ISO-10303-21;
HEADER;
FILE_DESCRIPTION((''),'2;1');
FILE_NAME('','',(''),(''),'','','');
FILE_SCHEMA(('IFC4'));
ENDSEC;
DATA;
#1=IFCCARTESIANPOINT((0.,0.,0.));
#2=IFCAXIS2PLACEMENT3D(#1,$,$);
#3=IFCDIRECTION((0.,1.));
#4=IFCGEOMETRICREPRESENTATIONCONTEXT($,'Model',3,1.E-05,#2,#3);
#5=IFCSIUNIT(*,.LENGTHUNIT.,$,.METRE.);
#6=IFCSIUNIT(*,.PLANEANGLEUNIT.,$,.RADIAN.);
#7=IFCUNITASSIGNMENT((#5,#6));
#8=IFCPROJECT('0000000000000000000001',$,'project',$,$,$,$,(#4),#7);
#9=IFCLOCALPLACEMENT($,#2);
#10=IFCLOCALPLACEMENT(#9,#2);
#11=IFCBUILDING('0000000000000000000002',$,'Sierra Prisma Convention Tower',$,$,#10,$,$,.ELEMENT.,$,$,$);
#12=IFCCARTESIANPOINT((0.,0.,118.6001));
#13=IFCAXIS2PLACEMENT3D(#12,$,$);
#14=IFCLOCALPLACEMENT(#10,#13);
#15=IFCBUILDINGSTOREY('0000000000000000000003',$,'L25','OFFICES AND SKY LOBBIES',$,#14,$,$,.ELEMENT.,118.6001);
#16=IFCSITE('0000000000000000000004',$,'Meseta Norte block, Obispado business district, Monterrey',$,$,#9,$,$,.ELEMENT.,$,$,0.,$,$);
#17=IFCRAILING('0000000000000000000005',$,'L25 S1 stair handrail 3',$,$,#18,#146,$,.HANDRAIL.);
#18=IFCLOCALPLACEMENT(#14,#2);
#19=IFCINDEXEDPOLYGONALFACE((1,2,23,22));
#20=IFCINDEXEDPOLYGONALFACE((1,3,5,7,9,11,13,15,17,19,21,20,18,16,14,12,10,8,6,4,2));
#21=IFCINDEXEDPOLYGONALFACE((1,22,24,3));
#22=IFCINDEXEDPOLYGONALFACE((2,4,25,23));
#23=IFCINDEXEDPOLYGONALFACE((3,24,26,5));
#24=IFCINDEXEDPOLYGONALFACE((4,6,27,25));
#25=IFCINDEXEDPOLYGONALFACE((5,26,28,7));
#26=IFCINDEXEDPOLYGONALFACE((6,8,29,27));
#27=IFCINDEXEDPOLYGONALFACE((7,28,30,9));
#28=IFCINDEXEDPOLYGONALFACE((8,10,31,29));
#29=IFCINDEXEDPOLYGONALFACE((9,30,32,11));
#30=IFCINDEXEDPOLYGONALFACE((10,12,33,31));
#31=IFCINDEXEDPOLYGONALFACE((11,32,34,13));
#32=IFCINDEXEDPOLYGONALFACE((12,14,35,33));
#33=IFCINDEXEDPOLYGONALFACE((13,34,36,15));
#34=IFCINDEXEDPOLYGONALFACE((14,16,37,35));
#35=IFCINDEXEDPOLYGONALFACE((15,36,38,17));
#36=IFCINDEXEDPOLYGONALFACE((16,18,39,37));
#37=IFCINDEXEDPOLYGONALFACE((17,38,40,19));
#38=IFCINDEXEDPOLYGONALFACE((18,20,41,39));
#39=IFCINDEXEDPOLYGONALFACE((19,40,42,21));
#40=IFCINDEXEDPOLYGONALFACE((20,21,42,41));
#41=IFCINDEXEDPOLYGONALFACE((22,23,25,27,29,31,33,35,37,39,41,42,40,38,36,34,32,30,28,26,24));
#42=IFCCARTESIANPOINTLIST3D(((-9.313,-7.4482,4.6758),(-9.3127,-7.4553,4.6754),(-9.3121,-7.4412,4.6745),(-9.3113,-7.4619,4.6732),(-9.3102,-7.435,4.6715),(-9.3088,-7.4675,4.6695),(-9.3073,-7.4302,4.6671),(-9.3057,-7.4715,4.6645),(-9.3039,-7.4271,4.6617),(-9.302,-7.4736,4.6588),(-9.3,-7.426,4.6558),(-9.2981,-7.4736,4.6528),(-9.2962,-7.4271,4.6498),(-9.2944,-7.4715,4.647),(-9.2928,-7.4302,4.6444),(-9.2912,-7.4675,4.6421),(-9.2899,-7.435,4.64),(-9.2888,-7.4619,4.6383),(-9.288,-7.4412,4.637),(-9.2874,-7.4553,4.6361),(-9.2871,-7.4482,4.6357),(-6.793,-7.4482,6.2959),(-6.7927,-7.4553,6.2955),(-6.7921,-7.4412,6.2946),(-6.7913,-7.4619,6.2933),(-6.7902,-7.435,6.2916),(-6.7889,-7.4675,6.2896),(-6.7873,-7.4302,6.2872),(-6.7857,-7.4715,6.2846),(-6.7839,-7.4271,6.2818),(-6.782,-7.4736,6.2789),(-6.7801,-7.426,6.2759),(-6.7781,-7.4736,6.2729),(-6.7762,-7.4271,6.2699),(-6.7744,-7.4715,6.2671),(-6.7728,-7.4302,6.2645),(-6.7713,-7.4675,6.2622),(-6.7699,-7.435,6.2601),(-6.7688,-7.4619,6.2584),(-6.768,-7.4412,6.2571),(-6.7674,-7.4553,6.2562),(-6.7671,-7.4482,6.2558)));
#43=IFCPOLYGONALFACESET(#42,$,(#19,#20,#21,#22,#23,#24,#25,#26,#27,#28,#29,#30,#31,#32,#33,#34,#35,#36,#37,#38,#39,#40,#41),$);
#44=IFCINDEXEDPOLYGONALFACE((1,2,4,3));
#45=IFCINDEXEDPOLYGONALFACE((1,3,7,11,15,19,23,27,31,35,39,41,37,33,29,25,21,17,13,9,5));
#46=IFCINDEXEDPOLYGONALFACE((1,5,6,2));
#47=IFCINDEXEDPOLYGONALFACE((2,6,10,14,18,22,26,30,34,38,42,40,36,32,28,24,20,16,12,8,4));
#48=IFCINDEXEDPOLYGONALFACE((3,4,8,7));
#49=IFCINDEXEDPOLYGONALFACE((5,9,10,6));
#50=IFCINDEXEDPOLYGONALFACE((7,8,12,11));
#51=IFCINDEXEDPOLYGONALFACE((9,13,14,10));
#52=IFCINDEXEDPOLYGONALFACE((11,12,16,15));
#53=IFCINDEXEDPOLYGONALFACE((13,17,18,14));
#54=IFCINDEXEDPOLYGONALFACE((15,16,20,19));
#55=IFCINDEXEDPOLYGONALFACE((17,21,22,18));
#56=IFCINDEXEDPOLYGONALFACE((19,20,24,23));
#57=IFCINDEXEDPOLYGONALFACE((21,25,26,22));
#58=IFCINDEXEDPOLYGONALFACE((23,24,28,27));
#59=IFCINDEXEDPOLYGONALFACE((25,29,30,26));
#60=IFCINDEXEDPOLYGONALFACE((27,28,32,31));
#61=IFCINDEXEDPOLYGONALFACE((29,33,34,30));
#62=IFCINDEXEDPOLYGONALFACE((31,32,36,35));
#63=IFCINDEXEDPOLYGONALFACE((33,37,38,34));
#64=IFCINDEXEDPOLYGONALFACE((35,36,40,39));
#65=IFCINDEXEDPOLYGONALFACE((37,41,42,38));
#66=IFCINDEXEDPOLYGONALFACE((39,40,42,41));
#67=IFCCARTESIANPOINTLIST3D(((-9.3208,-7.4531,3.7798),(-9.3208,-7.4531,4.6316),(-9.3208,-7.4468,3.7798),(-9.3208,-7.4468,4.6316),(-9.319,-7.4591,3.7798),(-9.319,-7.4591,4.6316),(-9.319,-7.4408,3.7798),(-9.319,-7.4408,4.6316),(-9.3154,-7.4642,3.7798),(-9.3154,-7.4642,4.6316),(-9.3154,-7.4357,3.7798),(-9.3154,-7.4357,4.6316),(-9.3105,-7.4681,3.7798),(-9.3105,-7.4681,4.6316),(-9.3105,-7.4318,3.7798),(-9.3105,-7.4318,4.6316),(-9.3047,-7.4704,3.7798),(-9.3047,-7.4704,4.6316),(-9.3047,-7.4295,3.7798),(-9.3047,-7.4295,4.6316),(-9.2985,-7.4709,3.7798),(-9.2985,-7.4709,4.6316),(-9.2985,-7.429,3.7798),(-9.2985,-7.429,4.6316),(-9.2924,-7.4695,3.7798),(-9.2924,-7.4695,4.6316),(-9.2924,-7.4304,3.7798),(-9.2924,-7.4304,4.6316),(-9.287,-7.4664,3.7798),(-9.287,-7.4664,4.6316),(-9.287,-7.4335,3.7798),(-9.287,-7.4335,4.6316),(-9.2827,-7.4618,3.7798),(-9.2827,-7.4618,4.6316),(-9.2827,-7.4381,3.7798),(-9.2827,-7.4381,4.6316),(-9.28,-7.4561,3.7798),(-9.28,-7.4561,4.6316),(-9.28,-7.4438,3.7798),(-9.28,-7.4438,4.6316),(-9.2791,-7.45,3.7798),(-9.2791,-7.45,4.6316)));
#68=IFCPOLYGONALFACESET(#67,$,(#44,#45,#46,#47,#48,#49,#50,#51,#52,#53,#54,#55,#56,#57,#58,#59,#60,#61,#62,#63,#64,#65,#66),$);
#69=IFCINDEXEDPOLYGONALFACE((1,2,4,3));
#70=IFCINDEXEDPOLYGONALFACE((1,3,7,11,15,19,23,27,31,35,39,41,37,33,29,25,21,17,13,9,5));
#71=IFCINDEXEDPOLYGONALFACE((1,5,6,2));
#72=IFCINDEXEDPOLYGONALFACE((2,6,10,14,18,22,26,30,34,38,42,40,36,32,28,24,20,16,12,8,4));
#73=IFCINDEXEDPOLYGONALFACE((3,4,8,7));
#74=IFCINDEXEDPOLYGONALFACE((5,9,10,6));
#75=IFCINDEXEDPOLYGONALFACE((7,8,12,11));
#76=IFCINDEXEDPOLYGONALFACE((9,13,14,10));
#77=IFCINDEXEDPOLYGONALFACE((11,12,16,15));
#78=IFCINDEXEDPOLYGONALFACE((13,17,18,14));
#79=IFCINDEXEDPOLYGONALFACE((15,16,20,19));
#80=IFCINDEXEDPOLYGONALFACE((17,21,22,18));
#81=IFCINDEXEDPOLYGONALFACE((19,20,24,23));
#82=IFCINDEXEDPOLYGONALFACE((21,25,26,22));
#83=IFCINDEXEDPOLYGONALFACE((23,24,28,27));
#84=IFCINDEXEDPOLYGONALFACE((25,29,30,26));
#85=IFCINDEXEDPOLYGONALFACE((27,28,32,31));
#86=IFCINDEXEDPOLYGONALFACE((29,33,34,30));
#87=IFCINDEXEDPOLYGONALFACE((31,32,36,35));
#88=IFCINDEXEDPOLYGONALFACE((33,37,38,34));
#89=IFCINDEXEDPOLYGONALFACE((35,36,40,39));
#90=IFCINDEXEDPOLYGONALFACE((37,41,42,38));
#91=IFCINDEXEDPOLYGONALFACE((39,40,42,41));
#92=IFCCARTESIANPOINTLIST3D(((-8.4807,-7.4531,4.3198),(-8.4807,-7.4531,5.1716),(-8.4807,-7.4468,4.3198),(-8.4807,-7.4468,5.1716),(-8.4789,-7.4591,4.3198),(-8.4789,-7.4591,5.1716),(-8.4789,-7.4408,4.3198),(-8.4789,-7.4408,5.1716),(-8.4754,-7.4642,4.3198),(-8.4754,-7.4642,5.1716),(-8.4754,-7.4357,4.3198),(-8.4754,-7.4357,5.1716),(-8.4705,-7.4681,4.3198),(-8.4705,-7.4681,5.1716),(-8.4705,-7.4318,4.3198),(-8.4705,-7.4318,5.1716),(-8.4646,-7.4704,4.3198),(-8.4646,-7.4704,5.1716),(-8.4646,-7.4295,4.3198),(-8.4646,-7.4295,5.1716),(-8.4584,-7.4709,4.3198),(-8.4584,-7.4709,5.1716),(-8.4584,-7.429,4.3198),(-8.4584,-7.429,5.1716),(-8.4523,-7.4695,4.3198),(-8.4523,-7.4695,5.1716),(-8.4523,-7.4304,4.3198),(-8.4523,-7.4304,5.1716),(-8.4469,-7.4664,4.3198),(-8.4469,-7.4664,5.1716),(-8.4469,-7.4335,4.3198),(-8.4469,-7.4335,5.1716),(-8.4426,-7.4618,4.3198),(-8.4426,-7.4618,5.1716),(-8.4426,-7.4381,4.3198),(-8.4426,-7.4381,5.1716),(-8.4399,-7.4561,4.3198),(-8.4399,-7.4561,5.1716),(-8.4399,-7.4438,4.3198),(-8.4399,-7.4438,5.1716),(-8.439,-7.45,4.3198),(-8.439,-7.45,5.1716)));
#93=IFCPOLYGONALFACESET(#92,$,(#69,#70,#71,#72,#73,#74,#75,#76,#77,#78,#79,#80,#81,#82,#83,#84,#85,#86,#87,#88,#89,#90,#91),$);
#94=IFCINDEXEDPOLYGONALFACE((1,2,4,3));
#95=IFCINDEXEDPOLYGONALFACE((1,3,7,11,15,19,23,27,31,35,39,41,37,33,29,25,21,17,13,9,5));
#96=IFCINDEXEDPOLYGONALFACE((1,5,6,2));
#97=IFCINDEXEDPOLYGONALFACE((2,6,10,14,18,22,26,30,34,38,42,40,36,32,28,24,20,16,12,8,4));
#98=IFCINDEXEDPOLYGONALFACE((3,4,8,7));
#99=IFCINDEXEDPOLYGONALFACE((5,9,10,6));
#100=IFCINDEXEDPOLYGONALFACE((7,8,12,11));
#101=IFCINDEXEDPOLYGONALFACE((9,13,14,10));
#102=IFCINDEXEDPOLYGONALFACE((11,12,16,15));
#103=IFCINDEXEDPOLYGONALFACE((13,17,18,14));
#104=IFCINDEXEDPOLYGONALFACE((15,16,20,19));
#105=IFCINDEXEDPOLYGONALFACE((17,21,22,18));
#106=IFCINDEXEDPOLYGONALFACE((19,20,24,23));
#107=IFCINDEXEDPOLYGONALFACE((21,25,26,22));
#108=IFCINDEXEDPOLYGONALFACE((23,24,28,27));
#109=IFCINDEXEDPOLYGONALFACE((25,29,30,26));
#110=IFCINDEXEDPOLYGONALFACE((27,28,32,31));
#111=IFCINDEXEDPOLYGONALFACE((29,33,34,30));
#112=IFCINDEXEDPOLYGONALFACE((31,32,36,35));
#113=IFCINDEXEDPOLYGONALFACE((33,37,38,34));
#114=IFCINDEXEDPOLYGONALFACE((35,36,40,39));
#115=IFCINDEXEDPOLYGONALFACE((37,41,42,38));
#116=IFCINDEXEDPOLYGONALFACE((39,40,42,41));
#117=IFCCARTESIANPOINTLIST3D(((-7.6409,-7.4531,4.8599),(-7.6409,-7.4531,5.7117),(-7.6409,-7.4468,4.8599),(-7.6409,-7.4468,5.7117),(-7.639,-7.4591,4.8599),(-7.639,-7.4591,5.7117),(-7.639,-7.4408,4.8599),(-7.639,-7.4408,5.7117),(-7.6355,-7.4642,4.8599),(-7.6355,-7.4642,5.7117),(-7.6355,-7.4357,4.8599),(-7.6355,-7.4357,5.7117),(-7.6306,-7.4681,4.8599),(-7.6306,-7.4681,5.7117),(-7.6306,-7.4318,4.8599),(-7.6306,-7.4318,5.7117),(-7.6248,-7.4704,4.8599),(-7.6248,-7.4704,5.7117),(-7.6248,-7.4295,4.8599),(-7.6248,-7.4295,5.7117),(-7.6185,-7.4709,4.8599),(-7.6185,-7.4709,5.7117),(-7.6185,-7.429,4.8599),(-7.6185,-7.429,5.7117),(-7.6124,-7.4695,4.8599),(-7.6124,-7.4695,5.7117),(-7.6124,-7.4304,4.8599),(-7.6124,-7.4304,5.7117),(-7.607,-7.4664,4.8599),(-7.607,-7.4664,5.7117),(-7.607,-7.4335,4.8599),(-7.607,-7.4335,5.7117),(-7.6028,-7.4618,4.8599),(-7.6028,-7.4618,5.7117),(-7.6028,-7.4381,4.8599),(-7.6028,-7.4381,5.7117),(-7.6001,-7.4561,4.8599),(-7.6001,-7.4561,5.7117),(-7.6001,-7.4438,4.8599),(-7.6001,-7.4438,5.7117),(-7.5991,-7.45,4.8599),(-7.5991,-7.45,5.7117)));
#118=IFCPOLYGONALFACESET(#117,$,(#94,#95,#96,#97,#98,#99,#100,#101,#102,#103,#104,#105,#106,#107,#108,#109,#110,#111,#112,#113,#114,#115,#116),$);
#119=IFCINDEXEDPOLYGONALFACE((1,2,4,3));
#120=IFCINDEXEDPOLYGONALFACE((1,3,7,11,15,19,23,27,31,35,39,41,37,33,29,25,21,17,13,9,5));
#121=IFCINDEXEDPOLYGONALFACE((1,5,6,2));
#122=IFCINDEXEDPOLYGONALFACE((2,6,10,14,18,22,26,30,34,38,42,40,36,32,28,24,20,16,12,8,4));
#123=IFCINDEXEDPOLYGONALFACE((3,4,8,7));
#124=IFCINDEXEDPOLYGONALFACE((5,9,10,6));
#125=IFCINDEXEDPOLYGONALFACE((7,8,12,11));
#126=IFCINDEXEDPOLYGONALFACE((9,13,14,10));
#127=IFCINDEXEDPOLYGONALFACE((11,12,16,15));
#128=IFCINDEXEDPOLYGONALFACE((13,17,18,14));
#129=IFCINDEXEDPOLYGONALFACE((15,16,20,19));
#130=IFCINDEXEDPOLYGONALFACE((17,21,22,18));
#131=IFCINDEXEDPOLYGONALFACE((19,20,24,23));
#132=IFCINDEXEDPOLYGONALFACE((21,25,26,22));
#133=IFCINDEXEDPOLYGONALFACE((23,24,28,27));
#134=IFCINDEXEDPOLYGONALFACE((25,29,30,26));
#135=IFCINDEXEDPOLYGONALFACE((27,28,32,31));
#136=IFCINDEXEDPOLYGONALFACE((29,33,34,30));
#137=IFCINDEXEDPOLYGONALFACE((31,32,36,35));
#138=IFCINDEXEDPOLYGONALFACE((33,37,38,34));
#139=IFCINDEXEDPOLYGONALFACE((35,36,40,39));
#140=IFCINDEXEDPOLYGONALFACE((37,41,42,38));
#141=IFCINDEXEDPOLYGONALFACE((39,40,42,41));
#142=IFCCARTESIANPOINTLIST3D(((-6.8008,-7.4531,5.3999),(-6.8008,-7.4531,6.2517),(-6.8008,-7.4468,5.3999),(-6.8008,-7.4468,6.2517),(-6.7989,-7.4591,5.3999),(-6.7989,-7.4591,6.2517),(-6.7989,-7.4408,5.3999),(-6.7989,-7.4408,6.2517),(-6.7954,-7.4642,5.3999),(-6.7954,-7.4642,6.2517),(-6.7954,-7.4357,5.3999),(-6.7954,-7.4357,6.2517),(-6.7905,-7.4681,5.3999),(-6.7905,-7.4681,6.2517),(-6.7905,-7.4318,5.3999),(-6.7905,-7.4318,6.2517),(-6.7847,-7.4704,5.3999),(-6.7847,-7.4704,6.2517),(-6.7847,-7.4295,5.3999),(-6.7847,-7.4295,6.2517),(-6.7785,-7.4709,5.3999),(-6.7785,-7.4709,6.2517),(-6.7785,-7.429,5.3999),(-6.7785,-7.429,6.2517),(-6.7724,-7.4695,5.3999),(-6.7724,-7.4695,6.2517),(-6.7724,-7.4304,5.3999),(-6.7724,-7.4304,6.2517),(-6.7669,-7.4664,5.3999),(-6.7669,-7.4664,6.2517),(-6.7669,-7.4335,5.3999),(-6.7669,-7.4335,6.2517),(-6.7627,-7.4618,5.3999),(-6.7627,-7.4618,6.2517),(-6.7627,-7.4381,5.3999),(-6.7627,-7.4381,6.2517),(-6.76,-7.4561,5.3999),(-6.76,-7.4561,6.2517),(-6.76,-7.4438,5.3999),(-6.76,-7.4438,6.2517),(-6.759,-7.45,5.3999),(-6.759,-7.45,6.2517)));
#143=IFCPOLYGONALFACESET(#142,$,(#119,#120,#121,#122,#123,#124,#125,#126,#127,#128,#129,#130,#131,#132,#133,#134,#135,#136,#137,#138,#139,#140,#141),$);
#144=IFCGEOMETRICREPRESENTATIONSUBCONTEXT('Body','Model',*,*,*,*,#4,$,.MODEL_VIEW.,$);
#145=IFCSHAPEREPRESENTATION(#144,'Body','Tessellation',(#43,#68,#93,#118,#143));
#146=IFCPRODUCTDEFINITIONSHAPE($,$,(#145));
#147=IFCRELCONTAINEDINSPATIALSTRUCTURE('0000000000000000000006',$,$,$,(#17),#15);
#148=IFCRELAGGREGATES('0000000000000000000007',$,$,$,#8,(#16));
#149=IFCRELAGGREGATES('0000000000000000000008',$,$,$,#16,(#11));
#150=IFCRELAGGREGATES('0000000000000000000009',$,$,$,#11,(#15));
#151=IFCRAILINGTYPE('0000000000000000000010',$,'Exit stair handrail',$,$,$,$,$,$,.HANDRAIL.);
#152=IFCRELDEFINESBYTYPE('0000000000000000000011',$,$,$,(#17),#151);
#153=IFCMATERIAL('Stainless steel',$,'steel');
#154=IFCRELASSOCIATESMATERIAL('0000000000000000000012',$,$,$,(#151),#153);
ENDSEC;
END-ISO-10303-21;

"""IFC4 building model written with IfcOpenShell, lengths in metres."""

from ifc_helpers import new_model, si_unit, direction, frame, origin, origin_2d, place, context, subcontext, project, spatial, circle, extrude, material, type_object, element, save


model = new_model("IFC4")

# Units and contexts
model_context = context("Model", 3, precision=1e-05, world=origin(), true_north=direction((0.0, 1.0)))
body_context = subcontext(model_context, "Body", "Model", "MODEL_VIEW")
ifc_project = project(units=[si_unit("LENGTHUNIT", "METRE"), si_unit("PLANEANGLEUNIT", "RADIAN")], contexts=[model_context])

# Site, building, storey
site_placement = place(None, origin())
site = spatial("IfcSite", under=ifc_project, at=site_placement, Name="Meseta Norte block, Obispado business district, Monterrey", CompositionType="ELEMENT", RefElevation=0.0)
building_placement = place(site_placement, origin())
building = spatial("IfcBuilding", under=site, at=building_placement, Name="Sierra Prisma Convention Tower", CompositionType="ELEMENT")
storey_placement = place(building_placement, frame((0.0, 0.0, 118.6001)))
storey = spatial("IfcBuildingStorey", under=building, at=storey_placement, Name="L25", Description="OFFICES AND SKY LOBBIES", CompositionType="ELEMENT", Elevation=118.6001)

# Railing
ifc_material_1 = material(Name="Stainless steel", Category="steel")
railing_type_1 = type_object("IfcRailingType", Name="Exit stair handrail", PredefinedType="HANDRAIL", material=ifc_material_1)
railing_1_placement = place(storey_placement, frame((-9.3, -7.45, 3.7798)))
element("IfcRailing", 1, at=railing_1_placement, inside=storey, type_object=railing_type_1, Name="L25 S1 stair handrail 3", PredefinedType="HANDRAIL", context=body_context, shape_type="SweptSolid", body=[
    extrude(circle(Radius=0.0239, at=origin_2d()), frame((0.0, 0.0, 0.876), z_axis=(0.841163, 0.0, 0.540782), x_axis=(0.0, 1.0, 0.0)), (0.0, 0.0, 1.0), 2.9958),
    extrude(circle(Radius=0.021, at=origin_2d()), origin(), (0.0, 0.0, 1.0), 0.8518),
    extrude(circle(Radius=0.021, at=origin_2d()), frame((0.8401, 0.0, 0.54)), (0.0, 0.0, 1.0), 0.8518),
    extrude(circle(Radius=0.021, at=origin_2d()), frame((1.6799, 0.0, 1.0801)), (0.0, 0.0, 1.0), 0.8518),
    extrude(circle(Radius=0.021, at=origin_2d()), frame((2.52, 0.0, 1.6201)), (0.0, 0.0, 1.0), 0.8518),
])

save(model, "model.ifc")
